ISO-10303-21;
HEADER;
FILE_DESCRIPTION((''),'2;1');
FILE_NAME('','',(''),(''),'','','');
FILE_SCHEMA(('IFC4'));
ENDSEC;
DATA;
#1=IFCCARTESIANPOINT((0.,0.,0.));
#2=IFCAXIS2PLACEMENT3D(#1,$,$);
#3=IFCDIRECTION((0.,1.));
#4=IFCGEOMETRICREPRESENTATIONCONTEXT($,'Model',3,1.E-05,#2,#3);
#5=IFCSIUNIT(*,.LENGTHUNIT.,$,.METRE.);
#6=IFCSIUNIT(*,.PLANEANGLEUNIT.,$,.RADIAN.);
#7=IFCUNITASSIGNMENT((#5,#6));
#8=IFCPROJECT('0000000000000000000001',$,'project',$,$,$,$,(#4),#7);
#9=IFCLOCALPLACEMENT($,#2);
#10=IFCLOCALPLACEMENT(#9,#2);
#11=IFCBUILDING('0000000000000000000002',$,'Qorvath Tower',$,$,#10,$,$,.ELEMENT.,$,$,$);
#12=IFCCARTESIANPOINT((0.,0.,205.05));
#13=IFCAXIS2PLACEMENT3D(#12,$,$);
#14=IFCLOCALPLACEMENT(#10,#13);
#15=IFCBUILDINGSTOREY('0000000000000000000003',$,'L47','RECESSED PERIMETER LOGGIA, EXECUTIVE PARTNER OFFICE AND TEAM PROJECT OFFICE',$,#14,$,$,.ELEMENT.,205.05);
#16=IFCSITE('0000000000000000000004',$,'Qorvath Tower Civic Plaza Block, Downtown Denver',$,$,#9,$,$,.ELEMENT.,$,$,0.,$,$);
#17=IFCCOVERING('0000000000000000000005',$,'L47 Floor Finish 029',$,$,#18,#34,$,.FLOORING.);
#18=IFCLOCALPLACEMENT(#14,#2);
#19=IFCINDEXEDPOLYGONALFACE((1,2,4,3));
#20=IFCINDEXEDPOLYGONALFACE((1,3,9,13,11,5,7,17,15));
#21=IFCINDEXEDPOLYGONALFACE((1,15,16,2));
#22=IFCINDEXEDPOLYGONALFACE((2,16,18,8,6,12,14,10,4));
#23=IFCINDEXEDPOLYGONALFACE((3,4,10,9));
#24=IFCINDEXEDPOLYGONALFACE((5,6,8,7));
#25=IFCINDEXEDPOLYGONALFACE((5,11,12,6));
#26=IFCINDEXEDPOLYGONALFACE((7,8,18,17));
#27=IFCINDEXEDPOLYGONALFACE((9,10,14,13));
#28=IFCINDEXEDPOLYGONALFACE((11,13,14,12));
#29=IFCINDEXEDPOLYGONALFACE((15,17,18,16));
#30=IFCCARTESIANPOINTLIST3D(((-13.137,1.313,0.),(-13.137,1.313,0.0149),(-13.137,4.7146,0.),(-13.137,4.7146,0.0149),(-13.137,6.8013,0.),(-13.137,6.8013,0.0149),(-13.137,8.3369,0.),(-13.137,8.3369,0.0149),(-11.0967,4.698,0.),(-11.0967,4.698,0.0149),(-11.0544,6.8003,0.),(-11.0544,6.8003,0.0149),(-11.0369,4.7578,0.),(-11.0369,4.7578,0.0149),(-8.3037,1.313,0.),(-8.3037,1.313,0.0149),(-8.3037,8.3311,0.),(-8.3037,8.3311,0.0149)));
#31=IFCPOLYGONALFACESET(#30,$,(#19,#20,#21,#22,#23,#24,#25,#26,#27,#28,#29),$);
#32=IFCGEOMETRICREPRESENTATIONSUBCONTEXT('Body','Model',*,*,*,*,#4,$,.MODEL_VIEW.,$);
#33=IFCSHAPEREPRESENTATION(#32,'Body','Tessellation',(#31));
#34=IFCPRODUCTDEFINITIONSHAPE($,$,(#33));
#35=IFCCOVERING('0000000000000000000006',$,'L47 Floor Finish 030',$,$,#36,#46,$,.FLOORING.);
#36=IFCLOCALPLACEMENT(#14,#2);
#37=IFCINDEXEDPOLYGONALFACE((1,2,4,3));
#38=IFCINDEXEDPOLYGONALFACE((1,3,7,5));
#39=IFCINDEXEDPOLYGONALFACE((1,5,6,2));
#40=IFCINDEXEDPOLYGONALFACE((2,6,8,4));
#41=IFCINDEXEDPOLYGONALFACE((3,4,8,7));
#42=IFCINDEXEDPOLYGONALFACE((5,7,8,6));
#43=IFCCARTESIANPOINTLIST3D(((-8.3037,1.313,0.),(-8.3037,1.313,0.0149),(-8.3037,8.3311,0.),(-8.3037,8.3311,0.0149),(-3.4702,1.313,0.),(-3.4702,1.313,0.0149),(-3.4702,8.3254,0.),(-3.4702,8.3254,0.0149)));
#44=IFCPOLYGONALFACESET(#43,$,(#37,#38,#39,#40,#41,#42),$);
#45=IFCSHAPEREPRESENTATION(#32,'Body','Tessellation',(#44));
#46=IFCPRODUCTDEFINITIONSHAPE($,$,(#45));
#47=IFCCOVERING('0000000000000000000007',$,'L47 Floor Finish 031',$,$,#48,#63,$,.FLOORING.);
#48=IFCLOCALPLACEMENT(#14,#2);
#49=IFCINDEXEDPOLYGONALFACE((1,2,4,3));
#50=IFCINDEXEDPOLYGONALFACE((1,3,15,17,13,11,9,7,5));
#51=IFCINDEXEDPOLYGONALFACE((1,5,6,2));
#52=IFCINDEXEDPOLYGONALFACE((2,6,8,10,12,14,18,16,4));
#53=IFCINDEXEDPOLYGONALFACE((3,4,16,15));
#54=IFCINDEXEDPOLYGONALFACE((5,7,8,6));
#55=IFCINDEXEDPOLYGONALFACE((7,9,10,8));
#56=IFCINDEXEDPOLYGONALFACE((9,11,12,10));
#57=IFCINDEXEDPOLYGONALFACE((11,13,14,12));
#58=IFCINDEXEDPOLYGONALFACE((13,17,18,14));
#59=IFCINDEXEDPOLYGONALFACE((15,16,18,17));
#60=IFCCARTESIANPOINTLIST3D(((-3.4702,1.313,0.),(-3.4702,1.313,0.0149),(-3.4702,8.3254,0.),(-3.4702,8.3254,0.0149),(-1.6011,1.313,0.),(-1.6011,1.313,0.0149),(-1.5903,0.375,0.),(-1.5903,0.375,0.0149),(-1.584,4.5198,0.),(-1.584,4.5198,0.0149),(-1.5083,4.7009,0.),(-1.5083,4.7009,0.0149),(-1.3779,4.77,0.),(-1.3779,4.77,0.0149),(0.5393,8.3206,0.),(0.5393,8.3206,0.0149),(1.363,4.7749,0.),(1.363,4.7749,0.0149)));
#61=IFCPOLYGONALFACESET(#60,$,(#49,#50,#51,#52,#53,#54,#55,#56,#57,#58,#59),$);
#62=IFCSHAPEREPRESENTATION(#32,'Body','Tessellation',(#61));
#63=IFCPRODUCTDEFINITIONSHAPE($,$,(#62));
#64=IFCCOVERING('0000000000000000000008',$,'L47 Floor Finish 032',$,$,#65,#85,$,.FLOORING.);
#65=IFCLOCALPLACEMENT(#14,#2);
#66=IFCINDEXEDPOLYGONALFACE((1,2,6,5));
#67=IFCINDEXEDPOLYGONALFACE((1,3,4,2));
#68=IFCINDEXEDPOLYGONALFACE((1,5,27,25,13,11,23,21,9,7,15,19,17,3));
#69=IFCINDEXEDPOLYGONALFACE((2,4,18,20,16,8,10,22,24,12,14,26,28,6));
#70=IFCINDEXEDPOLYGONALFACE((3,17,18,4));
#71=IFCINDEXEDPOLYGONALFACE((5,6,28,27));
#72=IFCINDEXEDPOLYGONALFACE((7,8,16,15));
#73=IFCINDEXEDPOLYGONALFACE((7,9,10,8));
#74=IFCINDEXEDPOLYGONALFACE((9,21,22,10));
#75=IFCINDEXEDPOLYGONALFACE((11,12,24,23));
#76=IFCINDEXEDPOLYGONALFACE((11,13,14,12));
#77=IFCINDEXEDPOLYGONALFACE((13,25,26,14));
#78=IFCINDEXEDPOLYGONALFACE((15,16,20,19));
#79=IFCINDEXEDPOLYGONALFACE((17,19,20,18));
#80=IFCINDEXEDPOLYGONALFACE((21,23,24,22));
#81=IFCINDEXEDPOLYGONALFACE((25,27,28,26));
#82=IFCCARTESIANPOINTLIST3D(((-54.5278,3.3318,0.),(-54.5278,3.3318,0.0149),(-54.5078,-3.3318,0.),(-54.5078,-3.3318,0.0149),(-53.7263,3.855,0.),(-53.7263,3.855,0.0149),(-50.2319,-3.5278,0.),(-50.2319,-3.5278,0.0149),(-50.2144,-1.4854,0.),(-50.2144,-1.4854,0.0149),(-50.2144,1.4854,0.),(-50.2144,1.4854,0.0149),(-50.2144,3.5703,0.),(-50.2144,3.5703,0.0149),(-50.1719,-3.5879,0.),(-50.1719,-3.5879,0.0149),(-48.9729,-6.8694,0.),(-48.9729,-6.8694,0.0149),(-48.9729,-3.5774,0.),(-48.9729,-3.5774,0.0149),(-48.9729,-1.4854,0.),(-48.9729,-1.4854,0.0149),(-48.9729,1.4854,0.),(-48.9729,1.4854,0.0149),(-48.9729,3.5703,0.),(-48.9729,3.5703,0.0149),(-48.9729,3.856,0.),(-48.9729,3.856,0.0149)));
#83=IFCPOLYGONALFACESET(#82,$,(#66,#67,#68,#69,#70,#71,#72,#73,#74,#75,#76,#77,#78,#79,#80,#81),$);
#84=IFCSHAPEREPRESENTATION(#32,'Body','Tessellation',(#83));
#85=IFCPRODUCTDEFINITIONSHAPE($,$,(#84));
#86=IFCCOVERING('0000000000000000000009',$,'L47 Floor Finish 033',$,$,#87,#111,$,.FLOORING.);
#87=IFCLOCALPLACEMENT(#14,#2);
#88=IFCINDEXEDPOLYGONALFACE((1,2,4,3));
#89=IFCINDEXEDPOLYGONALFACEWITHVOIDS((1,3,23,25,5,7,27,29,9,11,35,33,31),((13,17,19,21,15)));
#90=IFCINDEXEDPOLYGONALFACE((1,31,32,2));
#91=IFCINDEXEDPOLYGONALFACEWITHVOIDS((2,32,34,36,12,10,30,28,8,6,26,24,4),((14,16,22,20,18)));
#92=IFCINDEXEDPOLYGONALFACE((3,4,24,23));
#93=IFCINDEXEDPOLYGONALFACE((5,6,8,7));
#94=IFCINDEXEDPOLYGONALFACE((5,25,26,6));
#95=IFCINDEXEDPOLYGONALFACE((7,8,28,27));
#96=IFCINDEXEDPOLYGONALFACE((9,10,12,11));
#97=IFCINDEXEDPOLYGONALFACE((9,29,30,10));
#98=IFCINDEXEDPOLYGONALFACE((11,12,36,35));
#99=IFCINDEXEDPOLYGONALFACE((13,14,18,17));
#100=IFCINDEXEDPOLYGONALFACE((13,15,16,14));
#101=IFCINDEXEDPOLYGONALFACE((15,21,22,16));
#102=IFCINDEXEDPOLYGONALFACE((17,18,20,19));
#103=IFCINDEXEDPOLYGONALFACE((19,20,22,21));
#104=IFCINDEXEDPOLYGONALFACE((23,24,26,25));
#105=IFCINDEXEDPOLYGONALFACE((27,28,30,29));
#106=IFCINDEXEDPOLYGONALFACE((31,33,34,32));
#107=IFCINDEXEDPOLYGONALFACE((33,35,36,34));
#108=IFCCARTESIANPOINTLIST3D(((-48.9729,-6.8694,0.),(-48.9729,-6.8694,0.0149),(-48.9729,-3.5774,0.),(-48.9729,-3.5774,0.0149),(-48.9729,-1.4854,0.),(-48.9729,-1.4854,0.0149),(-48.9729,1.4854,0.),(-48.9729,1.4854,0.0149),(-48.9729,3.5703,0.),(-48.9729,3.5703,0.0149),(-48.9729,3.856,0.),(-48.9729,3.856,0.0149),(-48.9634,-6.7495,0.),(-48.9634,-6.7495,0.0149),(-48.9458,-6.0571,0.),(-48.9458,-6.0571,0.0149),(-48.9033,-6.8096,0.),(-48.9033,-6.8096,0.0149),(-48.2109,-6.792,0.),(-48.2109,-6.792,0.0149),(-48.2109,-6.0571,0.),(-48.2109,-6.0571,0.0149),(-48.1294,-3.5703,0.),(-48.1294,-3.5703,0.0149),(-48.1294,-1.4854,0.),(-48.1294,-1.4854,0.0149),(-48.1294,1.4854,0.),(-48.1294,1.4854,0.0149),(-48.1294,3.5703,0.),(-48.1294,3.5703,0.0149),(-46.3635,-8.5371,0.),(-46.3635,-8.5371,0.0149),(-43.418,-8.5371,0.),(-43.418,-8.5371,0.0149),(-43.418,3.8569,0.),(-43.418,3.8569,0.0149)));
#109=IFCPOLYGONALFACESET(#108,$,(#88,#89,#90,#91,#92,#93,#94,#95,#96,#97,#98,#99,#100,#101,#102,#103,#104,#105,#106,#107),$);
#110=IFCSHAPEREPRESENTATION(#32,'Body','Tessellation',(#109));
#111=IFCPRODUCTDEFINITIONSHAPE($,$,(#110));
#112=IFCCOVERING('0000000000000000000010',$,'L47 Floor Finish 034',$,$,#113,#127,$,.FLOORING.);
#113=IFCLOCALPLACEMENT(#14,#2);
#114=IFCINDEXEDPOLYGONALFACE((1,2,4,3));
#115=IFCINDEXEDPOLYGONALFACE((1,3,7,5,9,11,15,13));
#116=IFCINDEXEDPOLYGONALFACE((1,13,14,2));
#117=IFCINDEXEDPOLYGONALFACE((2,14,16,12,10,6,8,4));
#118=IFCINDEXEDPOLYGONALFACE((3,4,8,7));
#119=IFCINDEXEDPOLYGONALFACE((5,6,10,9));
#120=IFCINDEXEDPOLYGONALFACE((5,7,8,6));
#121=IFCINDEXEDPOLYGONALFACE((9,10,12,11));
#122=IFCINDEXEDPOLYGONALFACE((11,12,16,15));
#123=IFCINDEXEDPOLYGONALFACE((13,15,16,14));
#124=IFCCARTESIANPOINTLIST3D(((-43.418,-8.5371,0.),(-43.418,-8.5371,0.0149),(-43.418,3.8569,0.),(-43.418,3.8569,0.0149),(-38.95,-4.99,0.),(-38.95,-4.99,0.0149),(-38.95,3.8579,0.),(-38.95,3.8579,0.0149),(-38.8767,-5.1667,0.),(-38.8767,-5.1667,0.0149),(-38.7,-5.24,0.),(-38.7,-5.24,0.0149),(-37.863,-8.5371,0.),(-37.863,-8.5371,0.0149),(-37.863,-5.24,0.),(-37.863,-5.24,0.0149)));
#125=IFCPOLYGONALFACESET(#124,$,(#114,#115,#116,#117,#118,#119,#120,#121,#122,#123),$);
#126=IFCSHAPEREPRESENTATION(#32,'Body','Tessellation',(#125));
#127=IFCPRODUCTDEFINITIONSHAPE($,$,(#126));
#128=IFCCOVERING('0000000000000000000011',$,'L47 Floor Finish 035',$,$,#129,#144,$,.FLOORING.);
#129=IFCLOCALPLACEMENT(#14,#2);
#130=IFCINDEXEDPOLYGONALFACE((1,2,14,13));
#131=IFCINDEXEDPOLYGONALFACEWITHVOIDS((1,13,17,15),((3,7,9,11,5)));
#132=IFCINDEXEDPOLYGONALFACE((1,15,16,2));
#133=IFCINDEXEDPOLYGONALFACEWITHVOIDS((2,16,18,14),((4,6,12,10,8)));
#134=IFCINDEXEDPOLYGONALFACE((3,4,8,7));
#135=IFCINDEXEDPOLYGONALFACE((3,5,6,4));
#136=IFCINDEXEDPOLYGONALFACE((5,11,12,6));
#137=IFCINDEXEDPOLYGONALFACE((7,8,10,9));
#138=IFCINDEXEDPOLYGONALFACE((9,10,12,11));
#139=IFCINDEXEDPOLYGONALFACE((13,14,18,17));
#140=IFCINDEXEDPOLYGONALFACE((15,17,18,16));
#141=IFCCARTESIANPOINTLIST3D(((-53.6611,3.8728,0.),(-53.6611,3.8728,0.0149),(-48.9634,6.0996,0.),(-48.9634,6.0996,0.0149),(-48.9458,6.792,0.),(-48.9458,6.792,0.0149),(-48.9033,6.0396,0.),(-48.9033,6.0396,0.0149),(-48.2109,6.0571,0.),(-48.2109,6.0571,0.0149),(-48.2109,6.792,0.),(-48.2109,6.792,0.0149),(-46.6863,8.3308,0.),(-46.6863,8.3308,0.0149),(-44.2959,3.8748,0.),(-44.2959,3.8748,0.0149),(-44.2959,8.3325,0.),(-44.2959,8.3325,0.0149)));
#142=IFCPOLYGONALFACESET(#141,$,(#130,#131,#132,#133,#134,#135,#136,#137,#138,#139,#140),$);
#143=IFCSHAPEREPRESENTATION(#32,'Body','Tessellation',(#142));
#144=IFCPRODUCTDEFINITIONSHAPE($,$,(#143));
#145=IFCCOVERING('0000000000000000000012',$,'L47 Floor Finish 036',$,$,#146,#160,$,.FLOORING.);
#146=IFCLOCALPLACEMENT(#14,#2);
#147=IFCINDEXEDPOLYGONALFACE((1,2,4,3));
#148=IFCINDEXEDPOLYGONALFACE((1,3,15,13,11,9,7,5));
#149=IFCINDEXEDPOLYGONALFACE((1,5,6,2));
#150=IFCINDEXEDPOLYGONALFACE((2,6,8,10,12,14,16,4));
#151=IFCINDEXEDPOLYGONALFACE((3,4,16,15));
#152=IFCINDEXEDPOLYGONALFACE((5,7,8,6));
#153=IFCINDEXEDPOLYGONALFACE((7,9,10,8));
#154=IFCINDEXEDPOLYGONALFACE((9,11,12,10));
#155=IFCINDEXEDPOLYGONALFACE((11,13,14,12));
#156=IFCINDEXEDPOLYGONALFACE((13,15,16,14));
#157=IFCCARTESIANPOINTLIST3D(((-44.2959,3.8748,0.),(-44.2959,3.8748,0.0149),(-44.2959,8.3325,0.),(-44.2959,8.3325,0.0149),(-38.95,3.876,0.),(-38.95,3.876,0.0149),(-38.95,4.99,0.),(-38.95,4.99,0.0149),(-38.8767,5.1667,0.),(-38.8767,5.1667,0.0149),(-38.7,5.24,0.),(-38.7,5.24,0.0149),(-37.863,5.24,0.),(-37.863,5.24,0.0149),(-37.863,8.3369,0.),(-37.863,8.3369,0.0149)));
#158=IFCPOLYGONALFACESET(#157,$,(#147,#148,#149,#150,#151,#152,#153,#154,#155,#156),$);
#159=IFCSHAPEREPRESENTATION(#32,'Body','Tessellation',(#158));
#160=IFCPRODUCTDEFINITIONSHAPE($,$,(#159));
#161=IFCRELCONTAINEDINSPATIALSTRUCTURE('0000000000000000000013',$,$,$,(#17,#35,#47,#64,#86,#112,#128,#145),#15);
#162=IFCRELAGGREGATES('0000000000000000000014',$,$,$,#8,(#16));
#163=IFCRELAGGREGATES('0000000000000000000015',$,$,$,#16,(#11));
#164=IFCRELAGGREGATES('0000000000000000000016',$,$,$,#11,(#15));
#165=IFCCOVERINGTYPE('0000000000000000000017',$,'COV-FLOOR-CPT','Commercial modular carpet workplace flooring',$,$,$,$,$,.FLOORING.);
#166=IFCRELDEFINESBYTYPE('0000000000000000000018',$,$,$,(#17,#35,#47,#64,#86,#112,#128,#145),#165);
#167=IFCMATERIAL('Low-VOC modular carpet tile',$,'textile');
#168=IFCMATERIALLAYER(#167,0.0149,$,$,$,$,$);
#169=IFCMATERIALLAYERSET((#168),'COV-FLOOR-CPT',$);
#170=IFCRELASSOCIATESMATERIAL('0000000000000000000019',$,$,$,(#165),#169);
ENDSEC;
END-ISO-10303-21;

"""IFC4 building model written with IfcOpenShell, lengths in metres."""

from ifc_helpers import new_model, si_unit, direction, frame, origin, place, context, subcontext, project, spatial, polyline, outline, extrude, material, layer, layer_set, type_object, element, save


model = new_model("IFC4")

# Units and contexts
model_context = context("Model", 3, precision=1e-05, world=origin(), true_north=direction((0.0, 1.0)))
body_context = subcontext(model_context, "Body", "Model", "MODEL_VIEW")
ifc_project = project(units=[si_unit("LENGTHUNIT", "METRE"), si_unit("PLANEANGLEUNIT", "RADIAN")], contexts=[model_context])

# Site, building, storey
site_placement = place(None, origin())
site = spatial("IfcSite", under=ifc_project, at=site_placement, Name="Qorvath Tower Civic Plaza Block, Downtown Denver", CompositionType="ELEMENT", RefElevation=0.0)
building_placement = place(site_placement, origin())
building = spatial("IfcBuilding", under=site, at=building_placement, Name="Qorvath Tower", CompositionType="ELEMENT")
storey_placement = place(building_placement, frame((0.0, 0.0, 205.05)))
storey = spatial("IfcBuildingStorey", under=building, at=storey_placement, Name="L47", Description="RECESSED PERIMETER LOGGIA, EXECUTIVE PARTNER OFFICE AND TEAM PROJECT OFFICE", CompositionType="ELEMENT", Elevation=205.05)

# Coverings
ifc_material_1 = material(Name="Low-VOC modular carpet tile", Category="textile")
ifc_layer_1 = layer(ifc_material_1, 0.0149)
ifc_layer_set_1 = layer_set([ifc_layer_1], Name="COV-FLOOR-CPT")
covering_type_1 = type_object("IfcCoveringType", Name="COV-FLOOR-CPT", Description="Commercial modular carpet workplace flooring", PredefinedType="FLOORING", material=ifc_layer_set_1)
covering_1_placement = place(storey_placement, origin())
element("IfcCovering", 1, at=covering_1_placement, inside=storey, type_object=covering_type_1, Name="L47 Floor Finish 029", PredefinedType="FLOORING", context=body_context, shape_type="SweptSolid", body=[
    extrude(outline(polyline([(-8.3037, 1.313), (-8.3037, 8.3311), (-13.137, 8.3369), (-13.137, 6.8013), (-11.0544, 6.8003), (-11.0369, 4.7578), (-11.0967, 4.698), (-13.137, 4.7146), (-13.137, 1.313), (-8.3037, 1.313)])), origin(), (0.0, 0.0, 1.0), 0.0149),
])
covering_2_placement = place(storey_placement, origin())
element("IfcCovering", 2, at=covering_2_placement, inside=storey, type_object=covering_type_1, Name="L47 Floor Finish 030", PredefinedType="FLOORING", context=body_context, shape_type="SweptSolid", body=[
    extrude(outline(polyline([(-3.4702, 1.313), (-3.4702, 8.3254), (-8.3037, 8.3311), (-8.3037, 1.313), (-3.4702, 1.313)])), origin(), (0.0, 0.0, 1.0), 0.0149),
])
covering_3_placement = place(storey_placement, origin())
element("IfcCovering", 3, at=covering_3_placement, inside=storey, type_object=covering_type_1, Name="L47 Floor Finish 031", PredefinedType="FLOORING", context=body_context, shape_type="SweptSolid", body=[
    extrude(outline(polyline([(-1.5083, 4.7009), (-1.3779, 4.77), (1.363, 4.7749), (0.5393, 8.3206), (-3.4702, 8.3254), (-3.4702, 1.313), (-1.6011, 1.313), (-1.5903, 0.375), (-1.584, 4.5198), (-1.5083, 4.7009)])), origin(), (0.0, 0.0, 1.0), 0.0149),
])
covering_4_placement = place(storey_placement, origin())
element("IfcCovering", 4, at=covering_4_placement, inside=storey, type_object=covering_type_1, Name="L47 Floor Finish 032", PredefinedType="FLOORING", context=body_context, shape_type="SweptSolid", body=[
    extrude(outline(polyline([(-53.7263, 3.855), (-54.5278, 3.3318), (-54.5078, -3.3318), (-48.9729, -6.8694), (-48.9729, -3.5774), (-50.1719, -3.5879), (-50.2319, -3.5278), (-50.2144, -1.4854), (-48.9729, -1.4854), (-48.9729, 1.4854), (-50.2144, 1.4854), (-50.2144, 3.5703), (-48.9729, 3.5703), (-48.9729, 3.856), (-53.7263, 3.855)])), origin(), (0.0, 0.0, 1.0), 0.0149),
])
covering_5_placement = place(storey_placement, origin())
element("IfcCovering", 5, at=covering_5_placement, inside=storey, type_object=covering_type_1, Name="L47 Floor Finish 033", PredefinedType="FLOORING", context=body_context, shape_type="SweptSolid", body=[
    extrude(outline(polyline([(-48.9729, 3.856), (-48.9729, 3.5703), (-48.1294, 3.5703), (-48.1294, 1.4854), (-48.9729, 1.4854), (-48.9729, -1.4854), (-48.1294, -1.4854), (-48.1294, -3.5703), (-48.9729, -3.5774), (-48.9729, -6.8694), (-46.3635, -8.5371), (-43.418, -8.5371), (-43.418, 3.8569), (-48.9729, 3.856)]), holes=[polyline([(-48.9634, -6.7495), (-48.9458, -6.0571), (-48.2109, -6.0571), (-48.2109, -6.792), (-48.9033, -6.8096), (-48.9634, -6.7495)])]), origin(), (0.0, 0.0, 1.0), 0.0149),
])
covering_6_placement = place(storey_placement, origin())
element("IfcCovering", 6, at=covering_6_placement, inside=storey, type_object=covering_type_1, Name="L47 Floor Finish 034", PredefinedType="FLOORING", context=body_context, shape_type="SweptSolid", body=[
    extrude(outline(polyline([(-43.418, 3.8569), (-43.418, -8.5371), (-37.863, -8.5371), (-37.863, -5.24), (-38.7, -5.24), (-38.8767, -5.1667), (-38.95, -4.99), (-38.95, 3.8579), (-43.418, 3.8569)])), origin(), (0.0, 0.0, 1.0), 0.0149),
])
covering_7_placement = place(storey_placement, origin())
element("IfcCovering", 7, at=covering_7_placement, inside=storey, type_object=covering_type_1, Name="L47 Floor Finish 035", PredefinedType="FLOORING", context=body_context, shape_type="SweptSolid", body=[
    extrude(outline(polyline([(-44.2959, 3.8748), (-44.2959, 8.3325), (-46.6863, 8.3308), (-53.6611, 3.8728), (-44.2959, 3.8748)]), holes=[polyline([(-48.9634, 6.0996), (-48.9458, 6.792), (-48.2109, 6.792), (-48.2109, 6.0571), (-48.9033, 6.0396), (-48.9634, 6.0996)])]), origin(), (0.0, 0.0, 1.0), 0.0149),
])
covering_8_placement = place(storey_placement, origin())
element("IfcCovering", 8, at=covering_8_placement, inside=storey, type_object=covering_type_1, Name="L47 Floor Finish 036", PredefinedType="FLOORING", context=body_context, shape_type="SweptSolid", body=[
    extrude(outline(polyline([(-37.863, 5.24), (-37.863, 8.3369), (-44.2959, 8.3325), (-44.2959, 3.8748), (-38.95, 3.876), (-38.95, 4.99), (-38.8767, 5.1667), (-38.7, 5.24), (-37.863, 5.24)])), origin(), (0.0, 0.0, 1.0), 0.0149),
])

save(model, "model.ifc")
